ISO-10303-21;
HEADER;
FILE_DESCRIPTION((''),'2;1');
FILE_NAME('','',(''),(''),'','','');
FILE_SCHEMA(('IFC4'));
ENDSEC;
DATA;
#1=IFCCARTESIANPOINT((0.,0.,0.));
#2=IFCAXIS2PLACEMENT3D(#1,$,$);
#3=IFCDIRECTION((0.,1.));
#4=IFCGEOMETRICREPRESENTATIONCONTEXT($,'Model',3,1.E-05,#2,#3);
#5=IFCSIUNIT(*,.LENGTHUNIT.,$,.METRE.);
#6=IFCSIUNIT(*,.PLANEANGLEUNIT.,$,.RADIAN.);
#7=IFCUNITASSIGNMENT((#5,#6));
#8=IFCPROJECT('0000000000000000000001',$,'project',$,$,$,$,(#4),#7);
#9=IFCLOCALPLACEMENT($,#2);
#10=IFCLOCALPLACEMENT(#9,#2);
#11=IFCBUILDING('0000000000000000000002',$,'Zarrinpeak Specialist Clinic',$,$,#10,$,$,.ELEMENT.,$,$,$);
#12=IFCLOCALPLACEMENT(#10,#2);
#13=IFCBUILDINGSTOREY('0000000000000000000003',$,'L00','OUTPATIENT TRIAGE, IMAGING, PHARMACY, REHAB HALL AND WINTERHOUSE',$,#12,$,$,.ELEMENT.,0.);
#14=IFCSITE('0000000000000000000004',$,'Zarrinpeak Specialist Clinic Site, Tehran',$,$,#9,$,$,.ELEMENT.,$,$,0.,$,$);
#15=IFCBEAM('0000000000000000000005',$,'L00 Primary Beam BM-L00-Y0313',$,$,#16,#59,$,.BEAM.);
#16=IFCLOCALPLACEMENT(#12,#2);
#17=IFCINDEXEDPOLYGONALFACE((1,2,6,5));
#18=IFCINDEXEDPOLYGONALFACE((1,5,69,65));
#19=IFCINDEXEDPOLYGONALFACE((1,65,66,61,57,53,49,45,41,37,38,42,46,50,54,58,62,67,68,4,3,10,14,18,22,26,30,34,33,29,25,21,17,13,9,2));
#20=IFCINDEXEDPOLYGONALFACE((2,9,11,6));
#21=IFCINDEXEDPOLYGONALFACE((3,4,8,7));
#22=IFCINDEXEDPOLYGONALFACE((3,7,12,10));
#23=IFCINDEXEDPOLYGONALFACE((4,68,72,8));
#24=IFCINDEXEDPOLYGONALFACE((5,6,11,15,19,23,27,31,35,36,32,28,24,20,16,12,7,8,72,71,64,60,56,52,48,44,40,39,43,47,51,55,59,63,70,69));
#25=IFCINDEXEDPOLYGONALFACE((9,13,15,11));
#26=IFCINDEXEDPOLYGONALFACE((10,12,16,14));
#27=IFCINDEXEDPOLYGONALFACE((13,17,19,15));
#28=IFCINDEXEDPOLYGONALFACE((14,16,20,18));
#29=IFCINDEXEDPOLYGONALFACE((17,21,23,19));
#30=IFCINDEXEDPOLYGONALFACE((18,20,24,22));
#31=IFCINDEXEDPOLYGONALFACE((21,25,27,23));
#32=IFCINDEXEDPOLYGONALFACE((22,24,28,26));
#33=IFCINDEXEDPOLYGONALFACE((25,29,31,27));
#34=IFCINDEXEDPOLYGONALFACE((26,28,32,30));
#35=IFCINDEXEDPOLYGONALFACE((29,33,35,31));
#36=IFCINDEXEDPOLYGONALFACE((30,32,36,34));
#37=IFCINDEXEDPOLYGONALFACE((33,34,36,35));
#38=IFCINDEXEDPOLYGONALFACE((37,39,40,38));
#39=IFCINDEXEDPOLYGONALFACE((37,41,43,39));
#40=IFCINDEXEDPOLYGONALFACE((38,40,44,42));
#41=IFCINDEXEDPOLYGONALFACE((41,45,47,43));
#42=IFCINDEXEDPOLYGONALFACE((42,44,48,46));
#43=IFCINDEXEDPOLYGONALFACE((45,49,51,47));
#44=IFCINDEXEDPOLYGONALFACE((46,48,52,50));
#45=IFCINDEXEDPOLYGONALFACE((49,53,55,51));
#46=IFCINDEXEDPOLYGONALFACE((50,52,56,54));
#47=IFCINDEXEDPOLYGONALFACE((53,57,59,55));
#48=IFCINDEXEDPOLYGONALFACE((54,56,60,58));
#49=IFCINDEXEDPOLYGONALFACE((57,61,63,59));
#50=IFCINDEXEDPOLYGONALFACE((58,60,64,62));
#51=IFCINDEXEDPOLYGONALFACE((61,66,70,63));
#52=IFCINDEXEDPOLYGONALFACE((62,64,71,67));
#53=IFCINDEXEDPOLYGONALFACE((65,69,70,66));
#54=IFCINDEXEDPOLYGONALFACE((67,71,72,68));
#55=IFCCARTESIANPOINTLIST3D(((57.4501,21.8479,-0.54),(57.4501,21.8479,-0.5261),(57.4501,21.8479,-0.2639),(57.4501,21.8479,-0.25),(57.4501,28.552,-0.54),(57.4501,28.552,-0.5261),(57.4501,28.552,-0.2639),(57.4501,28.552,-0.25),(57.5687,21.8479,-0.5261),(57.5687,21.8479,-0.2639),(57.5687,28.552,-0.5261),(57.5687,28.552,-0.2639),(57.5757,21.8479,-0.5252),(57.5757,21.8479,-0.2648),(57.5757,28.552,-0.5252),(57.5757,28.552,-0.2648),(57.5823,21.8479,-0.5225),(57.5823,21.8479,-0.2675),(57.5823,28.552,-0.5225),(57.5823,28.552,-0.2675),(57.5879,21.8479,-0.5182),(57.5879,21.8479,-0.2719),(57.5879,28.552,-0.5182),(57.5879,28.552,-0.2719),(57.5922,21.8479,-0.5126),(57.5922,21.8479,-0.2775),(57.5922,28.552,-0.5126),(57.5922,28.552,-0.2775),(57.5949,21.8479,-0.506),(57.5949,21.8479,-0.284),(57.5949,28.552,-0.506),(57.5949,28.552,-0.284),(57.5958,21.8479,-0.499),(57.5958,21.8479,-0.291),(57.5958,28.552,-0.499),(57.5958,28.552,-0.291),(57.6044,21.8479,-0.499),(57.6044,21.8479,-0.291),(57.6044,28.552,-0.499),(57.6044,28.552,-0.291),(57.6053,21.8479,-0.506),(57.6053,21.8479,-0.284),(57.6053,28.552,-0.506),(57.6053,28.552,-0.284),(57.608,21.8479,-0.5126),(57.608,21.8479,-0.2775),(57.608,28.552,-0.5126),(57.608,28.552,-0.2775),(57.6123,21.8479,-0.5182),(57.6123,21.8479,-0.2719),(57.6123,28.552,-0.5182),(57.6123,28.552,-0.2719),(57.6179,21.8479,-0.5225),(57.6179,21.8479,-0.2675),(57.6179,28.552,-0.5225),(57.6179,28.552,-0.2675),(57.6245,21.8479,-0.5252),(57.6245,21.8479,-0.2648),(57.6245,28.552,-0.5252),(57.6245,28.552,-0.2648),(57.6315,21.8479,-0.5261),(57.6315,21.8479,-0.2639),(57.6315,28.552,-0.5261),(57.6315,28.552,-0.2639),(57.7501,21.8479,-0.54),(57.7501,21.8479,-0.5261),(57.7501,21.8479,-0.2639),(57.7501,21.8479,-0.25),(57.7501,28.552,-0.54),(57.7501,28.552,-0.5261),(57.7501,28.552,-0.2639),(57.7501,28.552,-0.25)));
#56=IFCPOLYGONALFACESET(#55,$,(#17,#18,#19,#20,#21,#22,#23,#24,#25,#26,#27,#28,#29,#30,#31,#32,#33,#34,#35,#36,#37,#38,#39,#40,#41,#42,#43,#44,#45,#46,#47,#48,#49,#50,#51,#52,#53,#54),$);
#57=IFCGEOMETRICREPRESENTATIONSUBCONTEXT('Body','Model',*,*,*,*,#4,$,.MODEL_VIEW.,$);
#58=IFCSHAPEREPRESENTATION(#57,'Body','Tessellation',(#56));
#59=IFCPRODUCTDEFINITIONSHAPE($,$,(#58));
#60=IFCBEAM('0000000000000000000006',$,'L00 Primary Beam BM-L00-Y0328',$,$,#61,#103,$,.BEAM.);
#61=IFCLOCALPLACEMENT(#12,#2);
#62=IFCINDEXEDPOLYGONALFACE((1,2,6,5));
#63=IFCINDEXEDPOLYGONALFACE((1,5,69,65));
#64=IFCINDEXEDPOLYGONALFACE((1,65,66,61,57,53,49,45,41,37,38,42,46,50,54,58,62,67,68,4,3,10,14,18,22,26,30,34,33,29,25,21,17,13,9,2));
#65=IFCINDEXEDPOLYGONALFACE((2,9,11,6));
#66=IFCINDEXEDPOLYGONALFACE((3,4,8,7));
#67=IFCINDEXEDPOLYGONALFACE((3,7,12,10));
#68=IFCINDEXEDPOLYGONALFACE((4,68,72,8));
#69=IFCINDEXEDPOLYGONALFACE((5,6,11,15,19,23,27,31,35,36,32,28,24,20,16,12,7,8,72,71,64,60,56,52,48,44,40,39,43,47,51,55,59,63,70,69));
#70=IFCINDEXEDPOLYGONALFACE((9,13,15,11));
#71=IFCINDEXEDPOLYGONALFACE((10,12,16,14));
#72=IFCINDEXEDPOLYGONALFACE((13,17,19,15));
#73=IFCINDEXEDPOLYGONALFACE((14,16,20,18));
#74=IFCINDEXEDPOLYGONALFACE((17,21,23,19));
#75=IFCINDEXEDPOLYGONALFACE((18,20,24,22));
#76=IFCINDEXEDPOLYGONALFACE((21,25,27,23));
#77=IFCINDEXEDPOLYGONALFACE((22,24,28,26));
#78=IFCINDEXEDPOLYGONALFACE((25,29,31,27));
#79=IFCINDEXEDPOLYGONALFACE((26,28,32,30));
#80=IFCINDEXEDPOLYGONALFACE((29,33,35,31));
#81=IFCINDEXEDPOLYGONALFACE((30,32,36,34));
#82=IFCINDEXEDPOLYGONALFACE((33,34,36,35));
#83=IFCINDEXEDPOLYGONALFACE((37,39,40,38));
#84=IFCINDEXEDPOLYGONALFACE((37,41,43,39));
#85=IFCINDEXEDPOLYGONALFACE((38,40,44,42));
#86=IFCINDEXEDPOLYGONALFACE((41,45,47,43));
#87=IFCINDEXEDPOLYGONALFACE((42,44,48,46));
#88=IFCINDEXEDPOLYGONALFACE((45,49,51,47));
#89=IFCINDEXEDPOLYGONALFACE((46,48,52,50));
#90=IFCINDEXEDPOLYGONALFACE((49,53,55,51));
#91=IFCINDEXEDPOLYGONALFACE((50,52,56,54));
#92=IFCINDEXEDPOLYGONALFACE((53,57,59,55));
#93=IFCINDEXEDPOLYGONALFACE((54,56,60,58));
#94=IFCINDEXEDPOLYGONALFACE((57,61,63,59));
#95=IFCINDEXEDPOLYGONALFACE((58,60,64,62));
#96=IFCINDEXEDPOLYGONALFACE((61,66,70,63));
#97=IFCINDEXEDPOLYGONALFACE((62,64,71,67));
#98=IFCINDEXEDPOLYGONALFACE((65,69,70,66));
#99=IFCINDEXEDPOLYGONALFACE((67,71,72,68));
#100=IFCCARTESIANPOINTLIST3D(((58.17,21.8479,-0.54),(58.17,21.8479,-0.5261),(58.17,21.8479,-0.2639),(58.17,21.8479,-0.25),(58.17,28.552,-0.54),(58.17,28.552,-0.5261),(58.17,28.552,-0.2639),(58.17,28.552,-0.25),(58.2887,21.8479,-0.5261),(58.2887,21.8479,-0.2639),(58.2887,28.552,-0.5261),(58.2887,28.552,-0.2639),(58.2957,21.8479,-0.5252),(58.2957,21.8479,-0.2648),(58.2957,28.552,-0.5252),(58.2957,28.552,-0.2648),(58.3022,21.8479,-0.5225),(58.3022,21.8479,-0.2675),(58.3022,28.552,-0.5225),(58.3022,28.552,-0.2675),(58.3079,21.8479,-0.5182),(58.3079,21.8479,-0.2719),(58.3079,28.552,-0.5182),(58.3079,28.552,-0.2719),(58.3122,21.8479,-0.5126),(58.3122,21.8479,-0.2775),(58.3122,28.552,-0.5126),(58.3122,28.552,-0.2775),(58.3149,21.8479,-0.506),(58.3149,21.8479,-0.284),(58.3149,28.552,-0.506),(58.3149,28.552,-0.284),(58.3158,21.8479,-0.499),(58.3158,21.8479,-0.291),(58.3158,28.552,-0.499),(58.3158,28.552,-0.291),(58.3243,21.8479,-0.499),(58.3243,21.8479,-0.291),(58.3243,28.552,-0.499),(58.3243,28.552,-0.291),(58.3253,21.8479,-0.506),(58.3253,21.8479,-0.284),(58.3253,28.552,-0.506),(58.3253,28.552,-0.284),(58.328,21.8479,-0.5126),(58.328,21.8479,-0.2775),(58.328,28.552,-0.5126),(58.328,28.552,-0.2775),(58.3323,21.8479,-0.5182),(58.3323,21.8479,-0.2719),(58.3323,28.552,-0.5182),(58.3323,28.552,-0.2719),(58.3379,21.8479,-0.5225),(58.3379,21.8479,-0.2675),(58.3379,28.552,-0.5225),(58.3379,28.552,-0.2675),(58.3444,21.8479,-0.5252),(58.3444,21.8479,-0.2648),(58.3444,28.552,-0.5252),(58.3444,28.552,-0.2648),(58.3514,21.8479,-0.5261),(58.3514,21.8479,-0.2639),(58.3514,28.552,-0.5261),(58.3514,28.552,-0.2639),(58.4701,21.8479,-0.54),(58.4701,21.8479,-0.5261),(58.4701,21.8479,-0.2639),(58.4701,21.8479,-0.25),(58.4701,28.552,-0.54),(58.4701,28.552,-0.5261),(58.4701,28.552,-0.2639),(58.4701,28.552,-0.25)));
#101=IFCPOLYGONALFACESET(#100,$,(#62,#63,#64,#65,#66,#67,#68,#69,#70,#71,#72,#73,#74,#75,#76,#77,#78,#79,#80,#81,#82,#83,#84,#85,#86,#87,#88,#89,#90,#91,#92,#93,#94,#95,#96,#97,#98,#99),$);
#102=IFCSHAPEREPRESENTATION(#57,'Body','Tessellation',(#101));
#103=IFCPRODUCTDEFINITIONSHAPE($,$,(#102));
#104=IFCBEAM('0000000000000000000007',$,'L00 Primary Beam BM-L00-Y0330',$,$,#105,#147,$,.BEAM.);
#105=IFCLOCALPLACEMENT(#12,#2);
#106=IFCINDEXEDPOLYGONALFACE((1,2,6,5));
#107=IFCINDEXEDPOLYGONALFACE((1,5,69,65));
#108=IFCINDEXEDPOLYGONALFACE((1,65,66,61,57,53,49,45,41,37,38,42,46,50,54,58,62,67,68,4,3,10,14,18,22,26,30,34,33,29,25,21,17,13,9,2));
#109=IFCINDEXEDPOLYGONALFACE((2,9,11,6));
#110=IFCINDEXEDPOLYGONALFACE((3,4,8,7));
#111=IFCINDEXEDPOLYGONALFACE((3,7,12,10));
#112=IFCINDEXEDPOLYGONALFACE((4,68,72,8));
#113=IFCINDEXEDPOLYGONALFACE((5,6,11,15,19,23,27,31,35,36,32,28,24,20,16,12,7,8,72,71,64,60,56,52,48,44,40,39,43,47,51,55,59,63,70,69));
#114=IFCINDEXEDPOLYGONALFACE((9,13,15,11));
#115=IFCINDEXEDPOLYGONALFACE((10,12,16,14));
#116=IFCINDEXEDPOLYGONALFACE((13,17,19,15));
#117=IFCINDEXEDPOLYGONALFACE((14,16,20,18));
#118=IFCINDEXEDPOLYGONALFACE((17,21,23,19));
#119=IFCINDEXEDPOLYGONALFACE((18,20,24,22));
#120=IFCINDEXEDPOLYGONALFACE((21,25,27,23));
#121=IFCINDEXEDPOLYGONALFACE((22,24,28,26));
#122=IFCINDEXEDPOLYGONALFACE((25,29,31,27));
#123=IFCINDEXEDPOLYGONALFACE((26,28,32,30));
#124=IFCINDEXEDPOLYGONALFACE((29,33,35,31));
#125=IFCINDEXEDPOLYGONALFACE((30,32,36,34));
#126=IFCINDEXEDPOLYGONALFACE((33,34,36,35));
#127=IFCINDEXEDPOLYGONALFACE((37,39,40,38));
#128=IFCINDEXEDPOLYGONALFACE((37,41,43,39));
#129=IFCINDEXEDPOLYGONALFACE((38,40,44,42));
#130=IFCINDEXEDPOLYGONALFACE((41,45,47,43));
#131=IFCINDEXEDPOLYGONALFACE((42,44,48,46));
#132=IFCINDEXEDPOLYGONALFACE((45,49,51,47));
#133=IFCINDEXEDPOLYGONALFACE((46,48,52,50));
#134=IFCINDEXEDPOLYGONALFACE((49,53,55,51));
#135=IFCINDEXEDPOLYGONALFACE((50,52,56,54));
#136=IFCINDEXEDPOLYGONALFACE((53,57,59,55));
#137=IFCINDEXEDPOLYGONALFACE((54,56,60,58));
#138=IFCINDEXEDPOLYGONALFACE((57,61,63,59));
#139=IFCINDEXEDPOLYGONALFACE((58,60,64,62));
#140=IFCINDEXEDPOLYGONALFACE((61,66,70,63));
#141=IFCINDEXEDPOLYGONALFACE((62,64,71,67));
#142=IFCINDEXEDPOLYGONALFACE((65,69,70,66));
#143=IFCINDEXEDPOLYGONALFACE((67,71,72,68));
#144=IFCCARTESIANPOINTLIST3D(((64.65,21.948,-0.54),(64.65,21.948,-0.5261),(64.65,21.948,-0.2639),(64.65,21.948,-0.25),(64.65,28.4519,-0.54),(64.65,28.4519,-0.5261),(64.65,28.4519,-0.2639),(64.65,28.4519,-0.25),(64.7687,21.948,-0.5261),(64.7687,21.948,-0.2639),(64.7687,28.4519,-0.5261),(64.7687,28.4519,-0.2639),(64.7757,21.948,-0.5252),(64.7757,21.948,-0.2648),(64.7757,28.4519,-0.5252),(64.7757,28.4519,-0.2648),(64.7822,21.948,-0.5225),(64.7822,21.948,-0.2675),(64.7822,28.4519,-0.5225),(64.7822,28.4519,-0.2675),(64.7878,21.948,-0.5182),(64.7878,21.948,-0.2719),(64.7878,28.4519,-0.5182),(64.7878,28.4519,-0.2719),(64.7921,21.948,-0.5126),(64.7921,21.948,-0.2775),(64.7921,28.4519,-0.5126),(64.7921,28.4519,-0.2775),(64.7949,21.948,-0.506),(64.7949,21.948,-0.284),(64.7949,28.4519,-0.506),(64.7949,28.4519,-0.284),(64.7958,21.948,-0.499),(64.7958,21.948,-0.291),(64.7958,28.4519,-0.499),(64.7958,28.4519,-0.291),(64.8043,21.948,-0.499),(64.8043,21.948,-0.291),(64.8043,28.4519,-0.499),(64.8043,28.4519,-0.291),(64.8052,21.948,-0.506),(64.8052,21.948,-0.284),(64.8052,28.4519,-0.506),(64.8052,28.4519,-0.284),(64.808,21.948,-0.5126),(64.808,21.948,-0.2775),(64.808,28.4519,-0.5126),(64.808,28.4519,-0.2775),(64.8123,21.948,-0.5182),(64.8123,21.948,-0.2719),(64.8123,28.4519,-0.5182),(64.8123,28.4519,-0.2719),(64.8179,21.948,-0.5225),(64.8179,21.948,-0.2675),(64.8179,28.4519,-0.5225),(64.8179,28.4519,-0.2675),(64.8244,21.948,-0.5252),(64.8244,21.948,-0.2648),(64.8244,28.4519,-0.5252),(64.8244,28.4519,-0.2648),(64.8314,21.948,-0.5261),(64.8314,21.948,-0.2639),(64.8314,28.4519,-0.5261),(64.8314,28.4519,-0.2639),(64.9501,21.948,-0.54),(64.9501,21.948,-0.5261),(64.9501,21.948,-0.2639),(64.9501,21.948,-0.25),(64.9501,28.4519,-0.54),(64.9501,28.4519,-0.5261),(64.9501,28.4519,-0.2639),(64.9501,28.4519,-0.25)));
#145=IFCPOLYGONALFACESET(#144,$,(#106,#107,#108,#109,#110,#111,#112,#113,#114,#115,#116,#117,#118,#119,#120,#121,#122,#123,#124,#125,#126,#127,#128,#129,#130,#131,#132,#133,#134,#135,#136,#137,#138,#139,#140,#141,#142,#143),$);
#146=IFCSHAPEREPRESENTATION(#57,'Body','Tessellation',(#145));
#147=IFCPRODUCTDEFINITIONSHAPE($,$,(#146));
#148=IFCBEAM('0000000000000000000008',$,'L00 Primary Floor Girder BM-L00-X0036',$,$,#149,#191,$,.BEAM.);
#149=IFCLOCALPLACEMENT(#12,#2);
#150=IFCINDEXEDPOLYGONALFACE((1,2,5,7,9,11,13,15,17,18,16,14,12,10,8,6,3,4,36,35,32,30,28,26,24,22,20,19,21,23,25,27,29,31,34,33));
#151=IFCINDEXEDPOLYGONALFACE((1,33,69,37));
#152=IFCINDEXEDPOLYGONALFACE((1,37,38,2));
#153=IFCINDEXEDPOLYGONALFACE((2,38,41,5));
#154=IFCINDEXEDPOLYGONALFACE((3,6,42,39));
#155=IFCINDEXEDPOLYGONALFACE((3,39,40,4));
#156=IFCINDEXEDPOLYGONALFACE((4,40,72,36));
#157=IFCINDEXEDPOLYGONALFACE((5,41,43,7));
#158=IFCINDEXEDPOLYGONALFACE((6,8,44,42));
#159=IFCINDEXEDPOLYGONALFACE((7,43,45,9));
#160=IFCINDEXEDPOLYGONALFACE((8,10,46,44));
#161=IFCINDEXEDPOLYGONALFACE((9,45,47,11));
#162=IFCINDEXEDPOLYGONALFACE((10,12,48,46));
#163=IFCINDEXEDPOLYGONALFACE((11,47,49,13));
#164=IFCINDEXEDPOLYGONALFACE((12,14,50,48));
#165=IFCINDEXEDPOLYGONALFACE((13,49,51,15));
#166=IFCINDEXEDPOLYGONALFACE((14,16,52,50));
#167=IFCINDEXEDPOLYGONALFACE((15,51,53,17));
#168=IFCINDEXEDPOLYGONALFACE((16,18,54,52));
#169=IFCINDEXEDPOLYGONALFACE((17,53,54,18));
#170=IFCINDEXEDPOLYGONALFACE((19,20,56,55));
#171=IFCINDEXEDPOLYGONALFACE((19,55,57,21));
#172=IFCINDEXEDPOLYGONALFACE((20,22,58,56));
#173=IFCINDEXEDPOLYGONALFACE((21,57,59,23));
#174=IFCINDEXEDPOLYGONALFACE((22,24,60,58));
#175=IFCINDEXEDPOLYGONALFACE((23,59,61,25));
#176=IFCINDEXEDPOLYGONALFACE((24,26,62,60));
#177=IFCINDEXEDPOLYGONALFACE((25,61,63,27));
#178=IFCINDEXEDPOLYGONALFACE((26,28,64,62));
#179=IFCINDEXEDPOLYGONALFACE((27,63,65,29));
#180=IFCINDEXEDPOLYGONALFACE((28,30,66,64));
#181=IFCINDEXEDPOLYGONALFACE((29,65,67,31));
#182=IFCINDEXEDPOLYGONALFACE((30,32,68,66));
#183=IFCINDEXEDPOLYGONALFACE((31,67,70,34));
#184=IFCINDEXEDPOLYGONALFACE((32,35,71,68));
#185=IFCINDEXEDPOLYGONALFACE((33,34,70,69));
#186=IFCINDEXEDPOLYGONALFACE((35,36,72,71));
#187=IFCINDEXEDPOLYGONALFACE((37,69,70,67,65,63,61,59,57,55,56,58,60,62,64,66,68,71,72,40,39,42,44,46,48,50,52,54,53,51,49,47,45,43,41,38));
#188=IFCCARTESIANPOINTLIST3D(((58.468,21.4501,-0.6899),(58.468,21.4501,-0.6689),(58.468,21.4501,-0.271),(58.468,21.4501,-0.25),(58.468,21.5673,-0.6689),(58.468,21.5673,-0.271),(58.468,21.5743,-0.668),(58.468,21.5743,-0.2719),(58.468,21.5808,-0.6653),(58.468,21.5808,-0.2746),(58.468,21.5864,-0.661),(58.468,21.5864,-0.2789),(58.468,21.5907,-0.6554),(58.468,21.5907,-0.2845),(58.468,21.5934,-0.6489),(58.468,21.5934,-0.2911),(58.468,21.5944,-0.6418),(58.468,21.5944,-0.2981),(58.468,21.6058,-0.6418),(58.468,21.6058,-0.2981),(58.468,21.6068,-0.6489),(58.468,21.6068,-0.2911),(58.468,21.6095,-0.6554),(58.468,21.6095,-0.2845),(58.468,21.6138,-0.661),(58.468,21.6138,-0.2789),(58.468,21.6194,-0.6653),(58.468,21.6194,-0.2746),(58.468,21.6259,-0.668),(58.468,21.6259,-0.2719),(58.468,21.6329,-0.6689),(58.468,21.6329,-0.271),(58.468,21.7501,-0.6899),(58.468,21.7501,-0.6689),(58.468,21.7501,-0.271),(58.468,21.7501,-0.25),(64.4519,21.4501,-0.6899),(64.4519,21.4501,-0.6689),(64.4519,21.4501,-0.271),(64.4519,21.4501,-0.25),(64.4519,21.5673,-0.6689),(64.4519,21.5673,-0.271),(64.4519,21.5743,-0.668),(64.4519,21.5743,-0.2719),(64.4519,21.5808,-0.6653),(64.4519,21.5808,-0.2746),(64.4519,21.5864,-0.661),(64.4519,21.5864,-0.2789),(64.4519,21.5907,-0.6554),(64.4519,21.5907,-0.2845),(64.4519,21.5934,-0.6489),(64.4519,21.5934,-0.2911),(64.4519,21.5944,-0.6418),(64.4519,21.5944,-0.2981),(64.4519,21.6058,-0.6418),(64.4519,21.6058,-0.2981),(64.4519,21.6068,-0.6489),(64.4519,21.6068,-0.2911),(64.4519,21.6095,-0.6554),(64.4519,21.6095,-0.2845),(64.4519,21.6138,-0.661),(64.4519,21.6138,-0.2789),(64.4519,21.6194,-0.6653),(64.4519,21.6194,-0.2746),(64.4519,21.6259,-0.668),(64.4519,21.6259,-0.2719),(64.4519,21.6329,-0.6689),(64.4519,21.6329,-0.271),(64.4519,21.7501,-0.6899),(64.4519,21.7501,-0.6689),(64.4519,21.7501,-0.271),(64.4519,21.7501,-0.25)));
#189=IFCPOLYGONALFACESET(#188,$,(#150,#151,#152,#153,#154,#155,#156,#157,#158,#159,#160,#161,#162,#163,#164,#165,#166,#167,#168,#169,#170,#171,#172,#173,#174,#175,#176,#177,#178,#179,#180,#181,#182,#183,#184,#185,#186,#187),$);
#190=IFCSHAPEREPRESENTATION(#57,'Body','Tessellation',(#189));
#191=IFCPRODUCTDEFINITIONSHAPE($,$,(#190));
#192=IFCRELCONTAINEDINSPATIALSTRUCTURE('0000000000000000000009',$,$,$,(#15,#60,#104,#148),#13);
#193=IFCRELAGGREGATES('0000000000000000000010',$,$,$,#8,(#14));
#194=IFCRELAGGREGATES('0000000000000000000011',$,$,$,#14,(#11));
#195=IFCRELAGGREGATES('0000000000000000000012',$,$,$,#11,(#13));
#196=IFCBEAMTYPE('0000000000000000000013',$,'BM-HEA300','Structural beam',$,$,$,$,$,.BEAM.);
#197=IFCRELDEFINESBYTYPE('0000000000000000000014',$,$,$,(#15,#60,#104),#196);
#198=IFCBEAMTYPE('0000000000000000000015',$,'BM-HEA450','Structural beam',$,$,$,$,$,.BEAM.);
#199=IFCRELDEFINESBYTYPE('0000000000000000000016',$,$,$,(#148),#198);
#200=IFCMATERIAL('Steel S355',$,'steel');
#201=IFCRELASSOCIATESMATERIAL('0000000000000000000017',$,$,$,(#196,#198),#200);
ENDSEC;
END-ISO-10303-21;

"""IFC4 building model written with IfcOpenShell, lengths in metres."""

from ifc_helpers import new_model, si_unit, direction, frame, origin, origin_2d, place, context, subcontext, project, spatial, i_section, extrude, material, material_profile, profile_set, type_object, element, save


model = new_model("IFC4")

# Units and contexts
model_context = context("Model", 3, precision=1e-05, world=origin(), true_north=direction((0.0, 1.0)))
body_context = subcontext(model_context, "Body", "Model", "MODEL_VIEW")
ifc_project = project(units=[si_unit("LENGTHUNIT", "METRE"), si_unit("PLANEANGLEUNIT", "RADIAN")], contexts=[model_context])

# Site, building, storey
site_placement = place(None, origin())
site = spatial("IfcSite", under=ifc_project, at=site_placement, Name="Zarrinpeak Specialist Clinic Site, Tehran", CompositionType="ELEMENT", RefElevation=0.0)
building_placement = place(site_placement, origin())
building = spatial("IfcBuilding", under=site, at=building_placement, Name="Zarrinpeak Specialist Clinic", CompositionType="ELEMENT")
storey_placement = place(building_placement, origin())
storey = spatial("IfcBuildingStorey", under=building, at=storey_placement, Name="L00", Description="OUTPATIENT TRIAGE, IMAGING, PHARMACY, REHAB HALL AND WINTERHOUSE", CompositionType="ELEMENT", Elevation=0.0)

# Shared definitions
ifc_material_1 = material(Name="Steel S355", Category="steel")

# Beams
ifc_material_profile_1 = material_profile(ifc_material_1, i_section(OverallWidth=0.3, OverallDepth=0.29, WebThickness=0.0085, FlangeThickness=0.0139, FilletRadius=0.0271, at=origin_2d()), Name="HEA 300")
ifc_profile_set_1 = profile_set([ifc_material_profile_1], Name="Steel S355")
beam_type_1 = type_object("IfcBeamType", Name="BM-HEA300", Description="Structural beam", PredefinedType="BEAM", material=ifc_profile_set_1)
for number, where, z_axis, x_axis, name in (
    (1, (57.6001, 21.8479, -0.395), (0.0, 1.0, 0.0), (-1.0, 0.0, 0.0), "L00 Primary Beam BM-L00-Y0313"),
    (2, (58.3201, 21.8479, -0.395), (0.0, 1.0, 0.0), (-1.0, 0.0, 0.0), "L00 Primary Beam BM-L00-Y0328"),
):
    element("IfcBeam", number, at=place(storey_placement, frame(where, z_axis=z_axis, x_axis=x_axis)), inside=storey, type_object=beam_type_1, Name=name, PredefinedType="BEAM", context=body_context, shape_type="SweptSolid", body=[
        extrude(i_section(OverallWidth=0.3, OverallDepth=0.29, WebThickness=0.0085, FlangeThickness=0.0139, FilletRadius=0.0271, at=origin_2d()), origin(), (0.0, 0.0, 1.0), 6.7041),
    ])
beam_1_placement = place(storey_placement, frame((64.8, 21.948, -0.395), z_axis=(0.0, 1.0, 0.0), x_axis=(-1.0, 0.0, 0.0)))
element("IfcBeam", 3, at=beam_1_placement, inside=storey, type_object=beam_type_1, Name="L00 Primary Beam BM-L00-Y0330", PredefinedType="BEAM", context=body_context, shape_type="SweptSolid", body=[
    extrude(i_section(OverallWidth=0.3, OverallDepth=0.29, WebThickness=0.0085, FlangeThickness=0.0139, FilletRadius=0.0271, at=origin_2d()), origin(), (0.0, 0.0, 1.0), 6.5039),
])
ifc_material_profile_2 = material_profile(ifc_material_1, i_section(OverallWidth=0.3, OverallDepth=0.4399, WebThickness=0.0115, FlangeThickness=0.021, FilletRadius=0.0271, at=origin_2d()), Name="HEA 450")
ifc_profile_set_2 = profile_set([ifc_material_profile_2], Name="Steel S355")
beam_type_2 = type_object("IfcBeamType", Name="BM-HEA450", Description="Structural beam", PredefinedType="BEAM", material=ifc_profile_set_2)
beam_2_placement = place(storey_placement, frame((58.468, 21.6001, -0.47), z_axis=(1.0, 0.0, 0.0), x_axis=(0.0, 1.0, 0.0)))
element("IfcBeam", 4, at=beam_2_placement, inside=storey, type_object=beam_type_2, Name="L00 Primary Floor Girder BM-L00-X0036", PredefinedType="BEAM", context=body_context, shape_type="SweptSolid", body=[
    extrude(i_section(OverallWidth=0.3, OverallDepth=0.4399, WebThickness=0.0115, FlangeThickness=0.021, FilletRadius=0.0271, at=origin_2d()), origin(), (0.0, 0.0, 1.0), 5.9839),
])

save(model, "model.ifc")
